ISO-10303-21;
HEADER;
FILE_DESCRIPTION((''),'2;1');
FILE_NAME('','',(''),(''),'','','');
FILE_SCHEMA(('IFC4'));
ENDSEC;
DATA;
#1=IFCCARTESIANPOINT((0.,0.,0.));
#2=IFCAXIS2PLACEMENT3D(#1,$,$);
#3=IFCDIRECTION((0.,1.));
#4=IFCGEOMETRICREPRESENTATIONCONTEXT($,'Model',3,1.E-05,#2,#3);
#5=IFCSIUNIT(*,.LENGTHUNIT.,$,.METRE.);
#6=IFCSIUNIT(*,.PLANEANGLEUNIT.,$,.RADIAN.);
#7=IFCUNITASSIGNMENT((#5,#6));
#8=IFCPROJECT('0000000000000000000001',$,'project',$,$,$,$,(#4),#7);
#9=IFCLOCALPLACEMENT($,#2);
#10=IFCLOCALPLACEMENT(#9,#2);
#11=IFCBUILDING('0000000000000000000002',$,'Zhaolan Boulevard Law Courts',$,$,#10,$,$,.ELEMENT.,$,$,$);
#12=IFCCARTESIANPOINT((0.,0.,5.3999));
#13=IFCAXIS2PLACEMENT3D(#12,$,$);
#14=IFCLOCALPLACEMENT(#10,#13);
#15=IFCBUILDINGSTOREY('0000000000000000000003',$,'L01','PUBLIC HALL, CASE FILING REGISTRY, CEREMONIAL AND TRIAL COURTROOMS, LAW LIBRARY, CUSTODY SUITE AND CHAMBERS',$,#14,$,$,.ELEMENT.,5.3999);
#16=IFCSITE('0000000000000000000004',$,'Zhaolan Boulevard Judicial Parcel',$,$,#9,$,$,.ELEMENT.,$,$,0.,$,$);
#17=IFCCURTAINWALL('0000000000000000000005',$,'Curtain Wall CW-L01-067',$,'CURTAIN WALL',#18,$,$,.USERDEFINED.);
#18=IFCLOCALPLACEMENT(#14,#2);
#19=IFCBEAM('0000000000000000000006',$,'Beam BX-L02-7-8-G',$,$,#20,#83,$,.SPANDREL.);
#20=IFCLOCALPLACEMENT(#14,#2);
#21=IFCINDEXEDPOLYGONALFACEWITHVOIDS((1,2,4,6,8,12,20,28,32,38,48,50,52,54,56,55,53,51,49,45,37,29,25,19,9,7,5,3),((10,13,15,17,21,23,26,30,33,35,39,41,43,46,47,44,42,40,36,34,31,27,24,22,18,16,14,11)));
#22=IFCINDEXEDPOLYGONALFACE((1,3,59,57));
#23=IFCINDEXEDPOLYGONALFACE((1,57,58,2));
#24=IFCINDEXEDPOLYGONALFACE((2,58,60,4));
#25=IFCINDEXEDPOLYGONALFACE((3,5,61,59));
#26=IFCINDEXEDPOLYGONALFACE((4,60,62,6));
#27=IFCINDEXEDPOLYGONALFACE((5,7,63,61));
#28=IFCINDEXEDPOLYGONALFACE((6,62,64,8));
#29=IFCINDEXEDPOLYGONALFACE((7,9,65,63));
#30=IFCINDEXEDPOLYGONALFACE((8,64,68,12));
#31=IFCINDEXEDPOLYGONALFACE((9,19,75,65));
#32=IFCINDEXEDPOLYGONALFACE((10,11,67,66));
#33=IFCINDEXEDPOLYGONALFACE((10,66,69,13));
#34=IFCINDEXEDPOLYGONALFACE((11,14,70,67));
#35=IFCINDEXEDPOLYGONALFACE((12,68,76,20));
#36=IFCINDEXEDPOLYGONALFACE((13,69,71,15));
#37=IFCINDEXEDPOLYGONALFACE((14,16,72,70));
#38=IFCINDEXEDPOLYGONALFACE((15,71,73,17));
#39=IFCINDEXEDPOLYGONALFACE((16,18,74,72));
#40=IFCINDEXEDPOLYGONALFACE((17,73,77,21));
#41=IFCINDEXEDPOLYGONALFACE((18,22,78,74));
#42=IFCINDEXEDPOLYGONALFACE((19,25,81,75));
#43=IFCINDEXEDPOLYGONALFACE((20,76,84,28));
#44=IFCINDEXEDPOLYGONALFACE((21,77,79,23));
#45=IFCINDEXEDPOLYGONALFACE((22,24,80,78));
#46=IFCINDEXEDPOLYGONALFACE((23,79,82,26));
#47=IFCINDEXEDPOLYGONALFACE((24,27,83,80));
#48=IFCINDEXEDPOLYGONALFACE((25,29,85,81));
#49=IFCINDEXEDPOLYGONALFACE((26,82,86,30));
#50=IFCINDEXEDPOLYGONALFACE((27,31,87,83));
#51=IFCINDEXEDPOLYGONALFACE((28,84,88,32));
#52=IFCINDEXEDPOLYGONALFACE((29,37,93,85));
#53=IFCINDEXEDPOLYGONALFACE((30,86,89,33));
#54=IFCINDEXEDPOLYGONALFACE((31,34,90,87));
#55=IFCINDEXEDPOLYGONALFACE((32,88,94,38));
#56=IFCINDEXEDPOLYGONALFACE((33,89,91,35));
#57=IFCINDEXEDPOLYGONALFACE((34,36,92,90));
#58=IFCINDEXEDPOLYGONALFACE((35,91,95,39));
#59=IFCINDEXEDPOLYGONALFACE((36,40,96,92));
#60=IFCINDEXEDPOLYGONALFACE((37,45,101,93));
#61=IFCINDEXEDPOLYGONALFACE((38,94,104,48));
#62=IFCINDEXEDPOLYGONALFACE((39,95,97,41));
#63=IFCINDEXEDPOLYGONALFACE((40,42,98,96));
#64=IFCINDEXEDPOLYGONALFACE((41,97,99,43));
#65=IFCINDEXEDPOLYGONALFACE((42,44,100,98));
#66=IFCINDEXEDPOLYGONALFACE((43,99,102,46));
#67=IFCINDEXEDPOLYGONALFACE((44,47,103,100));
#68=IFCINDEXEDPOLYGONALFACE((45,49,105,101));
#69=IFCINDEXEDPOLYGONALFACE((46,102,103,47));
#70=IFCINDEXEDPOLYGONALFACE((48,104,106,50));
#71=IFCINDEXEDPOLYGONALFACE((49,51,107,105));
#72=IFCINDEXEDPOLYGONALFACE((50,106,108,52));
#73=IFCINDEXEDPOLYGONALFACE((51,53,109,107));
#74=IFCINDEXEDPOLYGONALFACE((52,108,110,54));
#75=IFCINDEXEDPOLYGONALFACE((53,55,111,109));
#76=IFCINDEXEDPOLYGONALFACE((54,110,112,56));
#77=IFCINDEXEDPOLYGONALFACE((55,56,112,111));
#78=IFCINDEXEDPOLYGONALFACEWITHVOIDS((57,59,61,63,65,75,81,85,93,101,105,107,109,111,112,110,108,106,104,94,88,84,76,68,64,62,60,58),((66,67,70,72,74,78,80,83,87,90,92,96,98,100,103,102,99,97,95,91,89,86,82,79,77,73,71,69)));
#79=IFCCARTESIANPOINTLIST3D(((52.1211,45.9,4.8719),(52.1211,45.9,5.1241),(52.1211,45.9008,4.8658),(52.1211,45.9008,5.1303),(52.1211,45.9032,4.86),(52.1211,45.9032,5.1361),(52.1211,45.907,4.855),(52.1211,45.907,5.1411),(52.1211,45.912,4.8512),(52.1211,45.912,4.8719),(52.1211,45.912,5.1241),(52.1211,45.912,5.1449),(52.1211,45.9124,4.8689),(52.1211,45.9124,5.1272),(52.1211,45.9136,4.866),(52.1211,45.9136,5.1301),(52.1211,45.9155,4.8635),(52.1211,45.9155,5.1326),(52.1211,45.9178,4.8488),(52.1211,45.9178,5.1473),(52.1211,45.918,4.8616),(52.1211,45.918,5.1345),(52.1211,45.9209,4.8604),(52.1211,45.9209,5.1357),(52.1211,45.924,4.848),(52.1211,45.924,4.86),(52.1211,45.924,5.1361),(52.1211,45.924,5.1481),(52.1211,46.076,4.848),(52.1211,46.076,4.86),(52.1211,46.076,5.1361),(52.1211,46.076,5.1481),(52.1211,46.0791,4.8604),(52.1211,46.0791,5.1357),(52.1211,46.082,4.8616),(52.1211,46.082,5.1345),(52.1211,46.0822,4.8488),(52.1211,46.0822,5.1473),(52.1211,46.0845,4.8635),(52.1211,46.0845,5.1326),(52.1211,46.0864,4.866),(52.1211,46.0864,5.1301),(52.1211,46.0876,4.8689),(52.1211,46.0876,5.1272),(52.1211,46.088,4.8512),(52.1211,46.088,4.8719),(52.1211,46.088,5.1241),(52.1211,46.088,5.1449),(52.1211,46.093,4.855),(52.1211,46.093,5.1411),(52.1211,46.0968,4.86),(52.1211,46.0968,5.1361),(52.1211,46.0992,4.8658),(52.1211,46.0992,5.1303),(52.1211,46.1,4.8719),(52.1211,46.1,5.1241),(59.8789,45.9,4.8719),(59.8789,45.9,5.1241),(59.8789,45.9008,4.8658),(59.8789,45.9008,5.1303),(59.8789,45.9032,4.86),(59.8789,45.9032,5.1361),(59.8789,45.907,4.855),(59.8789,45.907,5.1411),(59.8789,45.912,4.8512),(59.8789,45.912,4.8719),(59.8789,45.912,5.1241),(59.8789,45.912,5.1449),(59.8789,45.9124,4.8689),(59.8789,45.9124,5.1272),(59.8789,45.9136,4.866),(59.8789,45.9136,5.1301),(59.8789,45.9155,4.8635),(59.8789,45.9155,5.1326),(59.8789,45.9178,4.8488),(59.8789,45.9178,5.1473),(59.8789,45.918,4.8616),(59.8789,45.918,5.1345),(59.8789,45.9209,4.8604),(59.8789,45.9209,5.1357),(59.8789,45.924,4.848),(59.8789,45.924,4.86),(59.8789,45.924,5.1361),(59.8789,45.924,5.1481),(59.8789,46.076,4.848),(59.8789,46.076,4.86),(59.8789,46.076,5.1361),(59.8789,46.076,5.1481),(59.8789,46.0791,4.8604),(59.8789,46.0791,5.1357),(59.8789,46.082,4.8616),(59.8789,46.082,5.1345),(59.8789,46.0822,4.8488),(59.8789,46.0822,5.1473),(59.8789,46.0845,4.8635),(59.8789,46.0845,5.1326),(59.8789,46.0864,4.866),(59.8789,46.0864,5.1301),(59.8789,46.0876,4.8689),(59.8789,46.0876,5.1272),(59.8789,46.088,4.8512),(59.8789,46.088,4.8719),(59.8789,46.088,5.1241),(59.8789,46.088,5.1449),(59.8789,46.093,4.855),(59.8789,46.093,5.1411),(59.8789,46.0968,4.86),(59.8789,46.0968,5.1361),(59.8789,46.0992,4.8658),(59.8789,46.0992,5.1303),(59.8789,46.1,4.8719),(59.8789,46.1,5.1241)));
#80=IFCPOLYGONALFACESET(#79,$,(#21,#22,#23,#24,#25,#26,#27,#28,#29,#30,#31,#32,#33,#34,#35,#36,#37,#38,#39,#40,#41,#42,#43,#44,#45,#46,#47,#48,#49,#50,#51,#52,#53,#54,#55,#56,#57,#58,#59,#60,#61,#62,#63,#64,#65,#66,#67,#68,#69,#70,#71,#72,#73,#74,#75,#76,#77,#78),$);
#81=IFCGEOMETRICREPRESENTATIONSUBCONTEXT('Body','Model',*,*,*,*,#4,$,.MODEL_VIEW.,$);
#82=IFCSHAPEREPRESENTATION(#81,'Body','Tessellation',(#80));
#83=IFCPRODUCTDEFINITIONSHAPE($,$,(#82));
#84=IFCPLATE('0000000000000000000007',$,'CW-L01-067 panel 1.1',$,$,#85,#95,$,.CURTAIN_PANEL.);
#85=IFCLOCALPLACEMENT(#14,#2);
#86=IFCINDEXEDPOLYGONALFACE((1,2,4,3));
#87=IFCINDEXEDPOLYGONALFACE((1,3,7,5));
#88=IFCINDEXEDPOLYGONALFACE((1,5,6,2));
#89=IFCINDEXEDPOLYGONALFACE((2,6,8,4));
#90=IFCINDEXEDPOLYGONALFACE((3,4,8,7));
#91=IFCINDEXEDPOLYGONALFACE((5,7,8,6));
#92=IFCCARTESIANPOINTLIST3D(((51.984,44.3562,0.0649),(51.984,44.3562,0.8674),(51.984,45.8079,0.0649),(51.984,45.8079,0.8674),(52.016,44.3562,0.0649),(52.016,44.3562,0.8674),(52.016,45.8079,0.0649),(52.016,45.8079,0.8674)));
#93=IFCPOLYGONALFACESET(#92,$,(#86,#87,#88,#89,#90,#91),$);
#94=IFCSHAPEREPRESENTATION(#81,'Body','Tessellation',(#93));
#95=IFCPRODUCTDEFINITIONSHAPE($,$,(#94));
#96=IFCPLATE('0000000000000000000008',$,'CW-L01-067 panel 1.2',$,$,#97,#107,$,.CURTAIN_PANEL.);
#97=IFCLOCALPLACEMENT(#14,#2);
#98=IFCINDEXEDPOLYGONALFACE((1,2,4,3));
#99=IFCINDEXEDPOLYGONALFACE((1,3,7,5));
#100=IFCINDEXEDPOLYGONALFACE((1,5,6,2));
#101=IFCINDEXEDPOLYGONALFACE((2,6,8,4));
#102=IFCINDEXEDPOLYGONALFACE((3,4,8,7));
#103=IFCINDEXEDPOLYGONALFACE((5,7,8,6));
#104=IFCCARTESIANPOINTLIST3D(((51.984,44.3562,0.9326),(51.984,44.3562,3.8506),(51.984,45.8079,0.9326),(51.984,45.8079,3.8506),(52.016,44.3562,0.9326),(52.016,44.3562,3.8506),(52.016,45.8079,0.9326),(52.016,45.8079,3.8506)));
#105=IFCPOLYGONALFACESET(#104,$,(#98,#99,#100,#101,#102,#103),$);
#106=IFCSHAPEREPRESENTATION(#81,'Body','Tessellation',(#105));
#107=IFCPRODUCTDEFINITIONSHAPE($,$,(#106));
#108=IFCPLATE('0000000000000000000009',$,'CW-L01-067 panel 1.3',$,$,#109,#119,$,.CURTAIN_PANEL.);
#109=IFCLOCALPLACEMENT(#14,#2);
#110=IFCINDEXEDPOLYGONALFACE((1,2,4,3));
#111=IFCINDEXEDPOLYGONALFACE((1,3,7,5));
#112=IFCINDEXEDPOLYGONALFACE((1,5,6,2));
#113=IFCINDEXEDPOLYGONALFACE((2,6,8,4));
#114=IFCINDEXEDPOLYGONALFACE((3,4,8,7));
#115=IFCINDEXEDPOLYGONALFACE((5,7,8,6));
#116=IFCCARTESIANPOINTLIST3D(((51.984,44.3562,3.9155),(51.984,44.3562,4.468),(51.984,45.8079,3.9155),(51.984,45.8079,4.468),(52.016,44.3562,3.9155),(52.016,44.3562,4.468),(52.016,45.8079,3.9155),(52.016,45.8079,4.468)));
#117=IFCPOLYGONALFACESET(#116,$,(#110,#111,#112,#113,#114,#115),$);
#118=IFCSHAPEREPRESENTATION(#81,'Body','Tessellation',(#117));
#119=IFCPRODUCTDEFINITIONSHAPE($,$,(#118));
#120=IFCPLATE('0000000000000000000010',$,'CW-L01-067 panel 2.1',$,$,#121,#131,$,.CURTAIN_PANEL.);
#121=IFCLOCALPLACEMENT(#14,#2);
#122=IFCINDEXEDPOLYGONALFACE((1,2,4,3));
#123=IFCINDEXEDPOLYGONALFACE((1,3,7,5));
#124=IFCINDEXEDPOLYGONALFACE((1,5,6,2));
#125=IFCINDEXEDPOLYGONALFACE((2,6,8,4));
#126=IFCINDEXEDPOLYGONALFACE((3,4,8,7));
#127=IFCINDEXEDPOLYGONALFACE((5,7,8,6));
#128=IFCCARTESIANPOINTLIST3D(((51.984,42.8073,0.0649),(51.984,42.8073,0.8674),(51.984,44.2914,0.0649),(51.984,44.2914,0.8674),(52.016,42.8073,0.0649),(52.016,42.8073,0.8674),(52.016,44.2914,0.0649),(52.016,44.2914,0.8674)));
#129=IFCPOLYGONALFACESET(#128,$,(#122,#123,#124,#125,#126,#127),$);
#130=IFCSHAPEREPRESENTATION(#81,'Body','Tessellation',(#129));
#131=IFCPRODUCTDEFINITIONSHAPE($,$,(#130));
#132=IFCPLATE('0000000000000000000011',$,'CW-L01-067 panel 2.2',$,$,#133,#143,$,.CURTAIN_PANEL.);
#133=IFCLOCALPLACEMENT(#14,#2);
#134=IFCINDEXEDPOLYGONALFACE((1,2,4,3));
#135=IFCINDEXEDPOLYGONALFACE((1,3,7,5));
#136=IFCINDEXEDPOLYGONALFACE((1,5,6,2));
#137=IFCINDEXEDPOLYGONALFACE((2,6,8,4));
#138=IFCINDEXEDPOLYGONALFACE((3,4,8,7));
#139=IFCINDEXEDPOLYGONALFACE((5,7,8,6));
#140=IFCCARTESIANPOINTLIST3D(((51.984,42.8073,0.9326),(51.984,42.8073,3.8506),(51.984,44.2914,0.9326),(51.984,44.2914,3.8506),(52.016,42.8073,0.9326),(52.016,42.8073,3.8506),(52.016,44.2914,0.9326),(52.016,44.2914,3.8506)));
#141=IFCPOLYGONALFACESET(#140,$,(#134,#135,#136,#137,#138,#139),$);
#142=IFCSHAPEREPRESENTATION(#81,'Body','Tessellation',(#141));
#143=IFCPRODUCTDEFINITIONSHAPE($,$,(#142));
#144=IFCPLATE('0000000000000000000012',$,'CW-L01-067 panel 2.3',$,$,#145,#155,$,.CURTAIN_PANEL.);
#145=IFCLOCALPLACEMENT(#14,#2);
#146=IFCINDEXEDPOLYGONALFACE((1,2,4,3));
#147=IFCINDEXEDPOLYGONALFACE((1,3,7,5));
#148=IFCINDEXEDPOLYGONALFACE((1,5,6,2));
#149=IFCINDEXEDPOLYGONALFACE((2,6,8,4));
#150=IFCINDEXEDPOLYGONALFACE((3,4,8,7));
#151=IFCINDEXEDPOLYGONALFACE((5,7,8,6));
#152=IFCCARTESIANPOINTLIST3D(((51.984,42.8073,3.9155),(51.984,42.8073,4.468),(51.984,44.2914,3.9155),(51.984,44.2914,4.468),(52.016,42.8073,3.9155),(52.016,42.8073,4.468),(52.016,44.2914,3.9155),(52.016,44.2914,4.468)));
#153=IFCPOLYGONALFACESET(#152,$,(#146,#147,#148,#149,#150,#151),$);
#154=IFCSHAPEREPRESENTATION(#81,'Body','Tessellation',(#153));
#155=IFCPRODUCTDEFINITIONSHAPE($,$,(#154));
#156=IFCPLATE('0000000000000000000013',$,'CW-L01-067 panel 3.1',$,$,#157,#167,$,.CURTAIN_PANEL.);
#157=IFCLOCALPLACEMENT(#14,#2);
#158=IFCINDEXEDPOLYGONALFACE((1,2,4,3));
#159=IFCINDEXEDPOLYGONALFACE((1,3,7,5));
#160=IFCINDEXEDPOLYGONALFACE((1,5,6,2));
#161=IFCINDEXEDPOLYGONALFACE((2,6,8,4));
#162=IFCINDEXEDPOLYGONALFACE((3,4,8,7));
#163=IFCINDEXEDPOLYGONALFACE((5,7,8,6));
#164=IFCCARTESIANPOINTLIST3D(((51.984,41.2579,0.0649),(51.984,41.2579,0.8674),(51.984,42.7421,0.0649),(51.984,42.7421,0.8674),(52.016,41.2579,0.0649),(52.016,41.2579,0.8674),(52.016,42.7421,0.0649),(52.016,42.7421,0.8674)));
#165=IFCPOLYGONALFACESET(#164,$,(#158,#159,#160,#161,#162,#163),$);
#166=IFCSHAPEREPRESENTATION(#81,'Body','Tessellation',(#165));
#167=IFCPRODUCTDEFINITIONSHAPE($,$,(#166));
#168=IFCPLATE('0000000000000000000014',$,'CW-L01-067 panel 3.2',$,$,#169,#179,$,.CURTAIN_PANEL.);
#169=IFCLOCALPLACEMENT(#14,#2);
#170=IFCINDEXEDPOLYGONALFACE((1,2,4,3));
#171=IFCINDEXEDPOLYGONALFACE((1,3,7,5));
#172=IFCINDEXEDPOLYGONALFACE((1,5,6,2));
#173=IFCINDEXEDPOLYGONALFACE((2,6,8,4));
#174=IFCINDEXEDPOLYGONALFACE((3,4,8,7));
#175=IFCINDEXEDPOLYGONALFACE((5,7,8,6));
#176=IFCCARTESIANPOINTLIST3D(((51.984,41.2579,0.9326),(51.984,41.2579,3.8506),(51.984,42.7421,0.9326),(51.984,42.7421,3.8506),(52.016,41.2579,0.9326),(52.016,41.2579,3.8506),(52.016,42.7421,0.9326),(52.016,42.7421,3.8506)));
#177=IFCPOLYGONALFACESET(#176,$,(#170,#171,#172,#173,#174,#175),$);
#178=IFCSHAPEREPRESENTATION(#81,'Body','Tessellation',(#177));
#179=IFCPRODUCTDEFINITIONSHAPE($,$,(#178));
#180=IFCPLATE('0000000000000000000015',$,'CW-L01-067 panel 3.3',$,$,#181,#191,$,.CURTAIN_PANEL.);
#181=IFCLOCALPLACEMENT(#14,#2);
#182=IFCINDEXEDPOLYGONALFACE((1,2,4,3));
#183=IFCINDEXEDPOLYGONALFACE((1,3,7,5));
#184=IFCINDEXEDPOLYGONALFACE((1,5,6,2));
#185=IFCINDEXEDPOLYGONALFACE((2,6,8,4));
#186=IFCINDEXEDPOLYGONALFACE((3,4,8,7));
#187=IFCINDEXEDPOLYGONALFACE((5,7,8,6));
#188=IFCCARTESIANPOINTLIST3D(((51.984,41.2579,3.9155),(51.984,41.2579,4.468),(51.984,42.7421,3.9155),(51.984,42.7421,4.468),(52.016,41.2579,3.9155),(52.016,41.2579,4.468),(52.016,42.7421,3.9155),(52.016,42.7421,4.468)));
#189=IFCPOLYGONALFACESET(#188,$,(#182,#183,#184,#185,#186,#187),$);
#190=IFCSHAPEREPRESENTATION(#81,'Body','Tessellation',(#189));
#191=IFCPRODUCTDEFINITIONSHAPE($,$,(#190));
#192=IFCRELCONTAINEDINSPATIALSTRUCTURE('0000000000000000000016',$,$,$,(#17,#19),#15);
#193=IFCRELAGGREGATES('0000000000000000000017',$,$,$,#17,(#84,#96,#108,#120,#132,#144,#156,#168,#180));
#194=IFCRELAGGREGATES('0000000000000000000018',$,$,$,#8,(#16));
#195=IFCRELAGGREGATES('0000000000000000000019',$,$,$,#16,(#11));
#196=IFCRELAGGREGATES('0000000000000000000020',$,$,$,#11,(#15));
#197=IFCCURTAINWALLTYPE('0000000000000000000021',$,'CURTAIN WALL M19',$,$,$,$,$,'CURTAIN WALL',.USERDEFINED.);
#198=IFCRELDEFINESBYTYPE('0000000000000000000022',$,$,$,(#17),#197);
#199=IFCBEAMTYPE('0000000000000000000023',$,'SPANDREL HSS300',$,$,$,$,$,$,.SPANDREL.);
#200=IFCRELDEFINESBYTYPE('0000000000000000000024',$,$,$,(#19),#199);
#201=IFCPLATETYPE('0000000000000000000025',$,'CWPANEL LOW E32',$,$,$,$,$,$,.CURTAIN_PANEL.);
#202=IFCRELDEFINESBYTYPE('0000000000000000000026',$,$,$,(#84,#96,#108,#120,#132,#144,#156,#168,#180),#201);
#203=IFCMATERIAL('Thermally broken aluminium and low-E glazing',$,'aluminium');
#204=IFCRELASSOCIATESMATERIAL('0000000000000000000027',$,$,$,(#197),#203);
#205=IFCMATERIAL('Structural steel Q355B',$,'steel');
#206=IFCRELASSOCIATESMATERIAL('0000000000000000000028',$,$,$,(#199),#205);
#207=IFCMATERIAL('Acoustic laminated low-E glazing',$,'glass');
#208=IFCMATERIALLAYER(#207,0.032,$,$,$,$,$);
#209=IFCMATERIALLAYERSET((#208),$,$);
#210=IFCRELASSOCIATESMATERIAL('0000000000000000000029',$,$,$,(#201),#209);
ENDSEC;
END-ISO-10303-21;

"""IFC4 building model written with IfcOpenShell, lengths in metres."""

from ifc_helpers import new_model, si_unit, direction, frame, origin, origin_2d, place, context, subcontext, project, spatial, rectangle, hollow_rectangle, extrude, material, layer, layer_set, material_profile, profile_set, type_object, element, aggregate, save


model = new_model("IFC4")

# Units and contexts
model_context = context("Model", 3, precision=1e-05, world=origin(), true_north=direction((0.0, 1.0)))
body_context = subcontext(model_context, "Body", "Model", "MODEL_VIEW")
ifc_project = project(units=[si_unit("LENGTHUNIT", "METRE"), si_unit("PLANEANGLEUNIT", "RADIAN")], contexts=[model_context])

# Site, building, storey
site_placement = place(None, origin())
site = spatial("IfcSite", under=ifc_project, at=site_placement, Name="Zhaolan Boulevard Judicial Parcel", CompositionType="ELEMENT", RefElevation=0.0)
building_placement = place(site_placement, origin())
building = spatial("IfcBuilding", under=site, at=building_placement, Name="Zhaolan Boulevard Law Courts", CompositionType="ELEMENT")
storey_placement = place(building_placement, frame((0.0, 0.0, 5.3999)))
storey = spatial("IfcBuildingStorey", under=building, at=storey_placement, Name="L01", Description="PUBLIC HALL, CASE FILING REGISTRY, CEREMONIAL AND TRIAL COURTROOMS, LAW LIBRARY, CUSTODY SUITE AND CHAMBERS", CompositionType="ELEMENT", Elevation=5.3999)

# Curtain wall
ifc_material_1 = material(Name="Thermally broken aluminium and low-E glazing", Category="aluminium")
curtain_wall_type_1 = type_object("IfcCurtainWallType", Name="CURTAIN WALL M19", ElementType="CURTAIN WALL", PredefinedType="USERDEFINED", material=ifc_material_1)
curtain_wall_1_placement = place(storey_placement, origin())
curtain_wall_1 = element("IfcCurtainWall", 1, at=curtain_wall_1_placement, inside=storey, type_object=curtain_wall_type_1, Name="Curtain Wall CW-L01-067", ObjectType="CURTAIN WALL", PredefinedType="USERDEFINED")

# Beam
ifc_material_2 = material(Name="Structural steel Q355B", Category="steel")
ifc_material_profile_1 = material_profile(ifc_material_2, hollow_rectangle(XDim=0.2, YDim=0.3, WallThickness=0.012, InnerFilletRadius=0.012, OuterFilletRadius=0.0239, at=origin_2d()), Name="HSS300x200x12")
ifc_profile_set_1 = profile_set([ifc_material_profile_1], Name="Structural steel Q355B")
beam_type_1 = type_object("IfcBeamType", Name="SPANDREL HSS300", PredefinedType="SPANDREL", material=ifc_profile_set_1)
beam_1_placement = place(storey_placement, frame((52.1211, 46.0, 4.998), z_axis=(1.0, 0.0, 0.0), x_axis=(0.0, 1.0, 0.0)))
element("IfcBeam", 2, at=beam_1_placement, inside=storey, type_object=beam_type_1, Name="Beam BX-L02-7-8-G", PredefinedType="SPANDREL", context=body_context, shape_type="SweptSolid", body=[
    extrude(hollow_rectangle(XDim=0.2, YDim=0.3, WallThickness=0.012, InnerFilletRadius=0.012, OuterFilletRadius=0.0239, at=origin_2d()), origin(), (0.0, 0.0, 1.0), 7.7578),
])

# Plates
ifc_material_3 = material(Name="Acoustic laminated low-E glazing", Category="glass")
ifc_layer_1 = layer(ifc_material_3, 0.032)
ifc_layer_set_1 = layer_set([ifc_layer_1])
plate_type_1 = type_object("IfcPlateType", Name="CWPANEL LOW E32", PredefinedType="CURTAIN_PANEL", material=ifc_layer_set_1)
plate_1_placement = place(storey_placement, frame((52.0, 45.082, 0.0649), z_axis=(0.0, 0.0, 1.0), x_axis=(0.0, -1.0, 0.0)))
plate_1 = element("IfcPlate", 3, at=plate_1_placement, type_object=plate_type_1, Name="CW-L01-067 panel 1.1", PredefinedType="CURTAIN_PANEL", context=body_context, shape_type="SweptSolid", body=[
    extrude(rectangle(XDim=1.4517, YDim=0.032, at=origin_2d()), origin(), (0.0, 0.0, 1.0), 0.8025),
])
plate_2_placement = place(storey_placement, frame((52.0, 45.082, 0.9326), z_axis=(0.0, 0.0, 1.0), x_axis=(0.0, -1.0, 0.0)))
plate_2 = element("IfcPlate", 4, at=plate_2_placement, type_object=plate_type_1, Name="CW-L01-067 panel 1.2", PredefinedType="CURTAIN_PANEL", context=body_context, shape_type="SweptSolid", body=[
    extrude(rectangle(XDim=1.4517, YDim=0.032, at=origin_2d()), origin(), (0.0, 0.0, 1.0), 2.918),
])
plate_3_placement = place(storey_placement, frame((52.0, 45.082, 3.9155), z_axis=(0.0, 0.0, 1.0), x_axis=(0.0, -1.0, 0.0)))
plate_3 = element("IfcPlate", 5, at=plate_3_placement, type_object=plate_type_1, Name="CW-L01-067 panel 1.3", PredefinedType="CURTAIN_PANEL", context=body_context, shape_type="SweptSolid", body=[
    extrude(rectangle(XDim=1.4517, YDim=0.032, at=origin_2d()), origin(), (0.0, 0.0, 1.0), 0.5525),
])
plate_4_placement = place(storey_placement, frame((52.0, 43.5493, 0.0649), z_axis=(0.0, 0.0, 1.0), x_axis=(0.0, -1.0, 0.0)))
plate_4 = element("IfcPlate", 6, at=plate_4_placement, type_object=plate_type_1, Name="CW-L01-067 panel 2.1", PredefinedType="CURTAIN_PANEL", context=body_context, shape_type="SweptSolid", body=[
    extrude(rectangle(XDim=1.4841, YDim=0.032, at=origin_2d()), origin(), (0.0, 0.0, 1.0), 0.8025),
])
plate_5_placement = place(storey_placement, frame((52.0, 43.5493, 0.9326), z_axis=(0.0, 0.0, 1.0), x_axis=(0.0, -1.0, 0.0)))
plate_5 = element("IfcPlate", 7, at=plate_5_placement, type_object=plate_type_1, Name="CW-L01-067 panel 2.2", PredefinedType="CURTAIN_PANEL", context=body_context, shape_type="SweptSolid", body=[
    extrude(rectangle(XDim=1.4841, YDim=0.032, at=origin_2d()), origin(), (0.0, 0.0, 1.0), 2.918),
])
plate_6_placement = place(storey_placement, frame((52.0, 43.5493, 3.9155), z_axis=(0.0, 0.0, 1.0), x_axis=(0.0, -1.0, 0.0)))
plate_6 = element("IfcPlate", 8, at=plate_6_placement, type_object=plate_type_1, Name="CW-L01-067 panel 2.3", PredefinedType="CURTAIN_PANEL", context=body_context, shape_type="SweptSolid", body=[
    extrude(rectangle(XDim=1.4841, YDim=0.032, at=origin_2d()), origin(), (0.0, 0.0, 1.0), 0.5525),
])
plate_7_placement = place(storey_placement, frame((52.0, 42.0, 0.0649), z_axis=(0.0, 0.0, 1.0), x_axis=(0.0, -1.0, 0.0)))
plate_7 = element("IfcPlate", 9, at=plate_7_placement, type_object=plate_type_1, Name="CW-L01-067 panel 3.1", PredefinedType="CURTAIN_PANEL", context=body_context, shape_type="SweptSolid", body=[
    extrude(rectangle(XDim=1.4841, YDim=0.032, at=origin_2d()), origin(), (0.0, 0.0, 1.0), 0.8025),
])
plate_8_placement = place(storey_placement, frame((52.0, 42.0, 0.9326), z_axis=(0.0, 0.0, 1.0), x_axis=(0.0, -1.0, 0.0)))
plate_8 = element("IfcPlate", 10, at=plate_8_placement, type_object=plate_type_1, Name="CW-L01-067 panel 3.2", PredefinedType="CURTAIN_PANEL", context=body_context, shape_type="SweptSolid", body=[
    extrude(rectangle(XDim=1.4841, YDim=0.032, at=origin_2d()), origin(), (0.0, 0.0, 1.0), 2.918),
])
plate_9_placement = place(storey_placement, frame((52.0, 42.0, 3.9155), z_axis=(0.0, 0.0, 1.0), x_axis=(0.0, -1.0, 0.0)))
plate_9 = element("IfcPlate", 11, at=plate_9_placement, type_object=plate_type_1, Name="CW-L01-067 panel 3.3", PredefinedType="CURTAIN_PANEL", context=body_context, shape_type="SweptSolid", body=[
    extrude(rectangle(XDim=1.4841, YDim=0.032, at=origin_2d()), origin(), (0.0, 0.0, 1.0), 0.5525),
])
aggregate(curtain_wall_1, [plate_1, plate_2, plate_3, plate_4, plate_5, plate_6, plate_7, plate_8, plate_9])

save(model, "model.ifc")
